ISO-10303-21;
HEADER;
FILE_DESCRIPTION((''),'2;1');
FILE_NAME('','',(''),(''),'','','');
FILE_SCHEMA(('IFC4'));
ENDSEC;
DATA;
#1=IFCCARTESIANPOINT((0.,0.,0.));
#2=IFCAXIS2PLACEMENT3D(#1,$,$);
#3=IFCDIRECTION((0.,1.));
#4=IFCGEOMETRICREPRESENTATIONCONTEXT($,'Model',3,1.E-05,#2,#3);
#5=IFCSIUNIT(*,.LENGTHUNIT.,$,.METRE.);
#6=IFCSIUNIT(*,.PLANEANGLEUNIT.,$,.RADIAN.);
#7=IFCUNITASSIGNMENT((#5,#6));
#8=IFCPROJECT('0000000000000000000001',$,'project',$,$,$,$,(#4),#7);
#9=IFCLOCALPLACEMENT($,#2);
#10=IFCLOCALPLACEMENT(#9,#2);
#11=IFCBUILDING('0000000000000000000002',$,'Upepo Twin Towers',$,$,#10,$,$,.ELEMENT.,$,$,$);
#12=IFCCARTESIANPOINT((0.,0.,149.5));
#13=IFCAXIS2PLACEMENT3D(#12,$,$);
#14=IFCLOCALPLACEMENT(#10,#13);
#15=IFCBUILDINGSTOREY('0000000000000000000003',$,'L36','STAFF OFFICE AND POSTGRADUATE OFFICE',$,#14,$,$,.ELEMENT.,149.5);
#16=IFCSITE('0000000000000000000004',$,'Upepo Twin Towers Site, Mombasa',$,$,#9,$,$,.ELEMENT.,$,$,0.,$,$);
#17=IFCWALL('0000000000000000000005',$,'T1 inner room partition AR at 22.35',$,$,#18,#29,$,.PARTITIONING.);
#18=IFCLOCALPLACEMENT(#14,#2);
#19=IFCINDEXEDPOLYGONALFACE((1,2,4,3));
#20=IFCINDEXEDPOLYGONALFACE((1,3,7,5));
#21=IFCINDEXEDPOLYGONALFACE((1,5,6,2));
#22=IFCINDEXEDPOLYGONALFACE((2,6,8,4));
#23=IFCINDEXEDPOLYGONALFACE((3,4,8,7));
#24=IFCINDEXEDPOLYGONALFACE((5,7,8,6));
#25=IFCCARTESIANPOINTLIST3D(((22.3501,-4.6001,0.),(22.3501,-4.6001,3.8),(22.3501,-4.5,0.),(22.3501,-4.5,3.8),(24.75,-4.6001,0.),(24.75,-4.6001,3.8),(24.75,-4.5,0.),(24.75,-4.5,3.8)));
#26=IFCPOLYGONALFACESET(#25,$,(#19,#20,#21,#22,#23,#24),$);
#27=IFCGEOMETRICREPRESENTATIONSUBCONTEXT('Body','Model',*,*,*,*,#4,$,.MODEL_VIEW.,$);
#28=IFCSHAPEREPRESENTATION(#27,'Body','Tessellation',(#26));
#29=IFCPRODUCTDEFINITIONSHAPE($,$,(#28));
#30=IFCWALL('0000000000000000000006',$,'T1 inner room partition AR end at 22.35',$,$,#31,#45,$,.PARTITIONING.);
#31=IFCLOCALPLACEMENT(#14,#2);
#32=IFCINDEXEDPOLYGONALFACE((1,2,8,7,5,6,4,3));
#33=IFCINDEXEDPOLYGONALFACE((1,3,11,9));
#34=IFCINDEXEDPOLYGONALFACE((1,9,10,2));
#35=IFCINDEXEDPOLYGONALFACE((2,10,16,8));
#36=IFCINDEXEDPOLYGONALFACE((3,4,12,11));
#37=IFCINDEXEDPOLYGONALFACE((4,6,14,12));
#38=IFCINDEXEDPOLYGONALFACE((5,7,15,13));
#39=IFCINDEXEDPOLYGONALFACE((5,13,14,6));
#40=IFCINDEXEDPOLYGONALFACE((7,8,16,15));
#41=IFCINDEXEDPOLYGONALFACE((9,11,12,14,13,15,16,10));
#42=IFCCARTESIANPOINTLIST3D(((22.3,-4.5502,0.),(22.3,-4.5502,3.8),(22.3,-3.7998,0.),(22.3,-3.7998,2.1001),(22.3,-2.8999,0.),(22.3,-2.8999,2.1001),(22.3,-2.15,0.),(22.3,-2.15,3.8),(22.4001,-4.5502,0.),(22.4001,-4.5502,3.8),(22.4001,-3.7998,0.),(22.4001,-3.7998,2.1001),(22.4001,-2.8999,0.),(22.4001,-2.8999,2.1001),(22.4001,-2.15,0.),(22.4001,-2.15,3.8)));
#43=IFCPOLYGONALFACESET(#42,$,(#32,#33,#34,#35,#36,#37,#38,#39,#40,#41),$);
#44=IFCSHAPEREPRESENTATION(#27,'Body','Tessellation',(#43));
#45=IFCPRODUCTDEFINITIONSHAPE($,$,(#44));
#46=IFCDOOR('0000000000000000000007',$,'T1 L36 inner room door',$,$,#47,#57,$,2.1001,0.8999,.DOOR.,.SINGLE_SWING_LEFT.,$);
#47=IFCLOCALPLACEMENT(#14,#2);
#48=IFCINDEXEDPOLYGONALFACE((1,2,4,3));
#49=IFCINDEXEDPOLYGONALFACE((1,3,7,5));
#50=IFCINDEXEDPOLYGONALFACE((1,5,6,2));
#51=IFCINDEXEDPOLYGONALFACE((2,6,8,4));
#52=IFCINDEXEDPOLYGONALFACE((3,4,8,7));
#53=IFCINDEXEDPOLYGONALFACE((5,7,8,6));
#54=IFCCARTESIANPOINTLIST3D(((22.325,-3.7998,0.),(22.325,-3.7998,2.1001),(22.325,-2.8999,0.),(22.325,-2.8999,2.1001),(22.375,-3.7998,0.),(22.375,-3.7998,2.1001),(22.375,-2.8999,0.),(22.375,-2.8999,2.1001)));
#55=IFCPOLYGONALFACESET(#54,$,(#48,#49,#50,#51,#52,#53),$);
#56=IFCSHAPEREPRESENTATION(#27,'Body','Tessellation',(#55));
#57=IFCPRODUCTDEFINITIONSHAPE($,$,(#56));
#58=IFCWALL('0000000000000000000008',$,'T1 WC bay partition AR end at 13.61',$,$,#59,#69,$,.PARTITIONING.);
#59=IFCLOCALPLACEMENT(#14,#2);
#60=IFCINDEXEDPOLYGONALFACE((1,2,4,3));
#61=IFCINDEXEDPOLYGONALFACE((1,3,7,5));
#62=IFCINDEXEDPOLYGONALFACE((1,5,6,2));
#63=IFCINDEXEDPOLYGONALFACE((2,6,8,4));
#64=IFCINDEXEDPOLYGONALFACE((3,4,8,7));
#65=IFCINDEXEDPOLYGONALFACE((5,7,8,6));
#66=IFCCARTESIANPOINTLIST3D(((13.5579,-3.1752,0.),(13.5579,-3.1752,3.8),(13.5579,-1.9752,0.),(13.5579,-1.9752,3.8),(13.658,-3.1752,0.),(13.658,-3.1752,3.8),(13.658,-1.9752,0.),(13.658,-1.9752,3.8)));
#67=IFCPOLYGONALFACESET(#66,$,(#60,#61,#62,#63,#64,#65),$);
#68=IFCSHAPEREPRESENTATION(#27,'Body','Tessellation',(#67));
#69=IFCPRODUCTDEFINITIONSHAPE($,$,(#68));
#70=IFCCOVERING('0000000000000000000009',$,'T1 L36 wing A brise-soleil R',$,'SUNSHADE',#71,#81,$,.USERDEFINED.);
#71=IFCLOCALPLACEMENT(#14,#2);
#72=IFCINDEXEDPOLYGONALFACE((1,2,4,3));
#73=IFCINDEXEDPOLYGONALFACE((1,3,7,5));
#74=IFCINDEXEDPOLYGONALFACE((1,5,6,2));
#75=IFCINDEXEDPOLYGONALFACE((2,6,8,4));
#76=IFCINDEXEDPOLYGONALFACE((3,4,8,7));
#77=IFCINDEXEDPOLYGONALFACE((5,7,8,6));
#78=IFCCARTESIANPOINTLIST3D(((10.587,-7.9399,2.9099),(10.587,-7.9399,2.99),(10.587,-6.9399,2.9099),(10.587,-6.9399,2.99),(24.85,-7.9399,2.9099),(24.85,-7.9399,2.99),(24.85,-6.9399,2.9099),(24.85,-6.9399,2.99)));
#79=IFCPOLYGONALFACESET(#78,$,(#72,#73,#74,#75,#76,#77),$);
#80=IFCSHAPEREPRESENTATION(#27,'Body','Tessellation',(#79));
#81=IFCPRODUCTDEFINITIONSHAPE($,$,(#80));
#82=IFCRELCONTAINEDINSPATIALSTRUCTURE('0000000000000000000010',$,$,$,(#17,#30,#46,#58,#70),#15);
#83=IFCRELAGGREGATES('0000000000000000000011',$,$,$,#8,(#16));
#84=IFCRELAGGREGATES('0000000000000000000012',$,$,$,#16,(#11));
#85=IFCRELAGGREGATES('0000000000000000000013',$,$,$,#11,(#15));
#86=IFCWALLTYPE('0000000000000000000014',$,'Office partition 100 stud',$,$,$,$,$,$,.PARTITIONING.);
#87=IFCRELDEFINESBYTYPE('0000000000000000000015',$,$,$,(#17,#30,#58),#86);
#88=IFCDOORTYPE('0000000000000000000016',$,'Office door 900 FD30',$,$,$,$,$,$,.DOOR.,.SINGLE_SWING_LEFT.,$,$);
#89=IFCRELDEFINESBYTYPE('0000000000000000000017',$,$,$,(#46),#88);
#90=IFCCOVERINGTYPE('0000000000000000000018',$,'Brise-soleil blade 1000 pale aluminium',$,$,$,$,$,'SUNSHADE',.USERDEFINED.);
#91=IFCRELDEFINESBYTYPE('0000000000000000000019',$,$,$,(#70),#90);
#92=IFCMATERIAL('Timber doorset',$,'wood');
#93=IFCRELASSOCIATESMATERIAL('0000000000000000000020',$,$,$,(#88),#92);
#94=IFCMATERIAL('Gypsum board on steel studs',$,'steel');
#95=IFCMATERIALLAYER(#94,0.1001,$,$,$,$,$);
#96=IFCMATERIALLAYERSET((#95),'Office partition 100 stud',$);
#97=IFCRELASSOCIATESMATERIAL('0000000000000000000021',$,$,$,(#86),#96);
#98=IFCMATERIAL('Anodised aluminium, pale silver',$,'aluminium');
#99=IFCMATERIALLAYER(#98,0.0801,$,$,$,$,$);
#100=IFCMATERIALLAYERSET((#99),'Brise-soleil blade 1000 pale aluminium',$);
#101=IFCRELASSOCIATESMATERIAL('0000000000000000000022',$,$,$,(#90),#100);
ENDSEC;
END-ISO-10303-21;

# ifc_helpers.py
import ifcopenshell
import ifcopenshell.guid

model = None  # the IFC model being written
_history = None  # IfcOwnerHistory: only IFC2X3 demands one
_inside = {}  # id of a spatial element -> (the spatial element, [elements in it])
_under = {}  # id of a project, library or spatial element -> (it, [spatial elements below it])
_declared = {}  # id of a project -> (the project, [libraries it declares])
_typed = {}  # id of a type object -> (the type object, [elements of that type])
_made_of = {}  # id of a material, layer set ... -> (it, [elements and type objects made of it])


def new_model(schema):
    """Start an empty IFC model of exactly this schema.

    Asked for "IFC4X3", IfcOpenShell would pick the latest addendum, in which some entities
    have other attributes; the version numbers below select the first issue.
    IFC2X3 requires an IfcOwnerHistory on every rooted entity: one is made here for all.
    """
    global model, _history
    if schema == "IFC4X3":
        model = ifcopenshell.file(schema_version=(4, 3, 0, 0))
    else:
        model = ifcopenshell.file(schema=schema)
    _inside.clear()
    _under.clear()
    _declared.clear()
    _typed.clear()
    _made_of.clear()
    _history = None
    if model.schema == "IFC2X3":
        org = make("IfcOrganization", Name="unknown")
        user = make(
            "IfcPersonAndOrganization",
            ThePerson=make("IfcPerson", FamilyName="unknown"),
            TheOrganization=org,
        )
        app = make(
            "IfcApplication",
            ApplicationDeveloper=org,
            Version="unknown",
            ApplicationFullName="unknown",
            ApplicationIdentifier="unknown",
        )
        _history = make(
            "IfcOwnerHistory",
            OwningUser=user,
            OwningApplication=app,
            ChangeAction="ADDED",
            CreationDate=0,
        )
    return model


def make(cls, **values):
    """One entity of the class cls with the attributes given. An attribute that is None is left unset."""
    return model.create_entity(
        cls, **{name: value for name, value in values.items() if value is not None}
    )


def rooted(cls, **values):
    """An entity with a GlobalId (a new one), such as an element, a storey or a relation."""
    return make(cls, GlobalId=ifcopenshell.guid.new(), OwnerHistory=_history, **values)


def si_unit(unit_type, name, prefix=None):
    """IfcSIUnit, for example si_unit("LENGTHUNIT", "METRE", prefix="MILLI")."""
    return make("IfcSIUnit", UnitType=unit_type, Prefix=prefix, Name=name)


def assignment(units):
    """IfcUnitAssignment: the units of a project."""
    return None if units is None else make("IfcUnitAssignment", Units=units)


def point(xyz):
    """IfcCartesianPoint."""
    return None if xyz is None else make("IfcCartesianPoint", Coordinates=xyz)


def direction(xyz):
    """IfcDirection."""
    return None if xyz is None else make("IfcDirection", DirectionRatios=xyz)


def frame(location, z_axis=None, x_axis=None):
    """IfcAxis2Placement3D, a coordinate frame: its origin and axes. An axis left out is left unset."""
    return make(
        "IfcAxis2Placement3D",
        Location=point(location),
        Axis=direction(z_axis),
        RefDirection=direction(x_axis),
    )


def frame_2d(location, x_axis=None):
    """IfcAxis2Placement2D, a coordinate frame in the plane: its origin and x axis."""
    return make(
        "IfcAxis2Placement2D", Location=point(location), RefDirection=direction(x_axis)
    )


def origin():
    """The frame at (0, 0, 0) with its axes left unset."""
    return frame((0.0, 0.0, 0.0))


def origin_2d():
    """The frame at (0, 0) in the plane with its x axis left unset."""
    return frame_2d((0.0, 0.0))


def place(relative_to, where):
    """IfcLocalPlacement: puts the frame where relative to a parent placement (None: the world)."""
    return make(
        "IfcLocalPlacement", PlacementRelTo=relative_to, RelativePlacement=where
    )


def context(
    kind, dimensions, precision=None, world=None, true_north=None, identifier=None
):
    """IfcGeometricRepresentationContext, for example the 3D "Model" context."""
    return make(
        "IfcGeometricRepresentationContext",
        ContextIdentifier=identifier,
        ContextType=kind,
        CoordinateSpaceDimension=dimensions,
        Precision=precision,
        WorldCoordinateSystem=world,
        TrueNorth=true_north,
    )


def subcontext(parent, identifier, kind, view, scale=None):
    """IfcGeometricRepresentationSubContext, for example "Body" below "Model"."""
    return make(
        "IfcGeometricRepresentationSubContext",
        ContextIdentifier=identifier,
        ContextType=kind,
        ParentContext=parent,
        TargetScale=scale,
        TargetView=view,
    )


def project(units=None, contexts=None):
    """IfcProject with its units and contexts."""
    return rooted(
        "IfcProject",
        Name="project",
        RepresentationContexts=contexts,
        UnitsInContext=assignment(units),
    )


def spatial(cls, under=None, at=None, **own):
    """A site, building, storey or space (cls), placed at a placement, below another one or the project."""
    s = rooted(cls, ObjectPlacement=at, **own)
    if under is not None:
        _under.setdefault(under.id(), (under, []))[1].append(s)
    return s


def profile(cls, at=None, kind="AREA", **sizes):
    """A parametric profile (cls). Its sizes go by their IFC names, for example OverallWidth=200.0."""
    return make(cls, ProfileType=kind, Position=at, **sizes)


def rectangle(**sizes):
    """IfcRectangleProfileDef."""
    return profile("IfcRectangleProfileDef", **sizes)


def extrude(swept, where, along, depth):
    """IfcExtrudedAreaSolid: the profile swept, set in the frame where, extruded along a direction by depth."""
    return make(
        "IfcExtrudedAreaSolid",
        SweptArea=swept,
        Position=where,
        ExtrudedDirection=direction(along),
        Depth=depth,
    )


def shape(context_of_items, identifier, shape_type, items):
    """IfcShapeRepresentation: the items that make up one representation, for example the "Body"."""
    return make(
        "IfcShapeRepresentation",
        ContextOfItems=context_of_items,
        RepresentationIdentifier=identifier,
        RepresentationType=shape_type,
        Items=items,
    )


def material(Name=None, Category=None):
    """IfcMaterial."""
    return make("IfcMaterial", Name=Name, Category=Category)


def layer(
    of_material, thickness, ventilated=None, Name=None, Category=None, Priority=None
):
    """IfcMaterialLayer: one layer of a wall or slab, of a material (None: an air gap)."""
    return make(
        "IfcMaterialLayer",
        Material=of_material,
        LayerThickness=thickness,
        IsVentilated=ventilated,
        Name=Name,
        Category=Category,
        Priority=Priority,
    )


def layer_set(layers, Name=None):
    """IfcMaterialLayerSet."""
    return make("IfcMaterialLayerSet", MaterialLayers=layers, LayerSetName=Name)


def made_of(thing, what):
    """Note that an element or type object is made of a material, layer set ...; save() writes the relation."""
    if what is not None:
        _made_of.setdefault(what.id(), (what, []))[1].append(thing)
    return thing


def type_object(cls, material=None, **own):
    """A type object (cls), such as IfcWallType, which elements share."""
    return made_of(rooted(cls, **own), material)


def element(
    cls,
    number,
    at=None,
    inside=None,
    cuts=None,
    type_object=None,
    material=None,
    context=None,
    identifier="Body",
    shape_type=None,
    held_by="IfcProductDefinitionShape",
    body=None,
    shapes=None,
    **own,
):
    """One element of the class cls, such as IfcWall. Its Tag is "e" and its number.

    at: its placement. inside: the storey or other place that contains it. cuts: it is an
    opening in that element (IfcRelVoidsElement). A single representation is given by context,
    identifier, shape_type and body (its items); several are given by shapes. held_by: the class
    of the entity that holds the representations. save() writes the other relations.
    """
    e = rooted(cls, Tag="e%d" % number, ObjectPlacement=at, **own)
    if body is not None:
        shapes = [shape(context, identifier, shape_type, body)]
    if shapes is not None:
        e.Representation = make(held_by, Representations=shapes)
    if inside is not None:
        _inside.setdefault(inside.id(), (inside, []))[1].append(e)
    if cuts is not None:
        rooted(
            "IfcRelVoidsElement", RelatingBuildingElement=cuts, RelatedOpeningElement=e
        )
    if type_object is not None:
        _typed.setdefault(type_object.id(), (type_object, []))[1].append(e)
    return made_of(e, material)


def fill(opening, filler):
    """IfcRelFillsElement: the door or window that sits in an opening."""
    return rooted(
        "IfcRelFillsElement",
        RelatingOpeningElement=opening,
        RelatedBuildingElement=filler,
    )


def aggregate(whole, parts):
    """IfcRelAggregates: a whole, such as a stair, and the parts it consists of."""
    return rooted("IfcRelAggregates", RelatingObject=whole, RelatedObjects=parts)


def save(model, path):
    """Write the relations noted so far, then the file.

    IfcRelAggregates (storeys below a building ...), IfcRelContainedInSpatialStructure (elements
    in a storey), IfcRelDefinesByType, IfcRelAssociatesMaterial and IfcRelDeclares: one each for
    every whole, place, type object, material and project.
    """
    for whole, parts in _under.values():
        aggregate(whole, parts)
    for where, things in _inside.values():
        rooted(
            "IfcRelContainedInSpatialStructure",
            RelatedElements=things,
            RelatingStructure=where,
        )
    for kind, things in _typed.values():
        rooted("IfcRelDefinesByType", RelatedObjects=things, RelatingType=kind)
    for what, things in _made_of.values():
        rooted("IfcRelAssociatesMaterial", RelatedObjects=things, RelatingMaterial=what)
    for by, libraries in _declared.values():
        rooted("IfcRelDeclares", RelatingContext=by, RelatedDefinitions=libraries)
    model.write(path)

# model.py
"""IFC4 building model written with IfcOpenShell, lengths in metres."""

from ifc_helpers import new_model, si_unit, direction, frame, frame_2d, origin, origin_2d, place, context, subcontext, project, spatial, rectangle, extrude, material, layer, layer_set, type_object, element, fill, save


model = new_model("IFC4")

# Units and contexts
model_context = context("Model", 3, precision=1e-05, world=origin(), true_north=direction((0.0, 1.0)))
body_context = subcontext(model_context, "Body", "Model", "MODEL_VIEW")
ifc_project = project(units=[si_unit("LENGTHUNIT", "METRE"), si_unit("PLANEANGLEUNIT", "RADIAN")], contexts=[model_context])

# Site, building, storey
site_placement = place(None, origin())
site = spatial("IfcSite", under=ifc_project, at=site_placement, Name="Upepo Twin Towers Site, Mombasa", CompositionType="ELEMENT", RefElevation=0.0)
building_placement = place(site_placement, origin())
building = spatial("IfcBuilding", under=site, at=building_placement, Name="Upepo Twin Towers", CompositionType="ELEMENT")
storey_placement = place(building_placement, frame((0.0, 0.0, 149.5)))
storey = spatial("IfcBuildingStorey", under=building, at=storey_placement, Name="L36", Description="STAFF OFFICE AND POSTGRADUATE OFFICE", CompositionType="ELEMENT", Elevation=149.5)

# Shared definitions
ifc_material_1 = material(Name="Timber doorset", Category="wood")
door_type_1 = type_object("IfcDoorType", Name="Office door 900 FD30", OperationType="SINGLE_SWING_LEFT", PredefinedType="DOOR", material=ifc_material_1)

# Wall
ifc_material_2 = material(Name="Gypsum board on steel studs", Category="steel")
ifc_layer_1 = layer(ifc_material_2, 0.1001)
ifc_layer_set_1 = layer_set([ifc_layer_1], Name="Office partition 100 stud")
wall_type_1 = type_object("IfcWallType", Name="Office partition 100 stud", PredefinedType="PARTITIONING", material=ifc_layer_set_1)
wall_1_placement = place(storey_placement, frame((22.3501, -4.55, 0.0), z_axis=(0.0, 0.0, 1.0), x_axis=(1.0, 0.0, 0.0)))
element("IfcWall", 1, at=wall_1_placement, inside=storey, type_object=wall_type_1, Name="T1 inner room partition AR at 22.35", PredefinedType="PARTITIONING", context=body_context, shape_type="SweptSolid", body=[
    extrude(rectangle(XDim=2.3999, YDim=0.1001, at=frame_2d((1.2, 0.0))), origin(), (0.0, 0.0, 1.0), 3.8),
])

# Wall, opening, door
wall_2_placement = place(storey_placement, frame((22.3501, -2.1499, 0.0), z_axis=(0.0, 0.0, 1.0), x_axis=(0.0, -1.0, 0.0)))
wall_2 = element("IfcWall", 2, at=wall_2_placement, inside=storey, type_object=wall_type_1, Name="T1 inner room partition AR end at 22.35", PredefinedType="PARTITIONING", context=body_context, shape_type="SweptSolid", body=[
    extrude(rectangle(XDim=2.4001, YDim=0.1001, at=frame_2d((1.2002, 0.0))), origin(), (0.0, 0.0, 1.0), 3.8),
])
opening_1_placement = place(wall_2_placement, frame((0.75, 0.0, 0.0)))
opening_1 = element("IfcOpeningElement", 3, at=opening_1_placement, cuts=wall_2, PredefinedType="OPENING", context=body_context, shape_type="SweptSolid", body=[
    extrude(rectangle(XDim=0.8999, YDim=2.1001, at=frame_2d((0.45, 1.05))), frame((0.0, 0.0601, 0.0), z_axis=(0.0, -1.0, 0.0), x_axis=(1.0, 0.0, 0.0)), (0.0, 0.0, 1.0), 0.1201),
])
door_1_placement = place(opening_1_placement, origin())
door_1 = element("IfcDoor", 4, at=door_1_placement, inside=storey, type_object=door_type_1, Name="T1 L36 inner room door", OperationType="SINGLE_SWING_LEFT", OverallHeight=2.1001, OverallWidth=0.8999, PredefinedType="DOOR", context=body_context, shape_type="SweptSolid", body=[
    extrude(rectangle(XDim=0.8999, YDim=2.1001, at=frame_2d((0.45, 1.05))), frame((0.0, 0.0249, 0.0), z_axis=(0.0, -1.0, 0.0), x_axis=(1.0, 0.0, 0.0)), (0.0, 0.0, 1.0), 0.05),
])
fill(opening_1, door_1)

# Wall
wall_3_placement = place(storey_placement, frame((13.6079, -1.9751, 0.0), z_axis=(0.0, 0.0, 1.0), x_axis=(0.0, -1.0, 0.0)))
element("IfcWall", 5, at=wall_3_placement, inside=storey, type_object=wall_type_1, Name="T1 WC bay partition AR end at 13.61", PredefinedType="PARTITIONING", context=body_context, shape_type="SweptSolid", body=[
    extrude(rectangle(XDim=1.2, YDim=0.1001, at=frame_2d((0.6001, 0.0))), origin(), (0.0, 0.0, 1.0), 3.8),
])

# Covering
ifc_material_3 = material(Name="Anodised aluminium, pale silver", Category="aluminium")
ifc_layer_2 = layer(ifc_material_3, 0.0801)
ifc_layer_set_2 = layer_set([ifc_layer_2], Name="Brise-soleil blade 1000 pale aluminium")
covering_type = type_object("IfcCoveringType", Name="Brise-soleil blade 1000 pale aluminium", ElementType="SUNSHADE", PredefinedType="USERDEFINED", material=ifc_layer_set_2)
covering_placement = place(storey_placement, frame((17.7185, -7.4399, 2.9099), z_axis=(0.0, 0.0, 1.0), x_axis=(1.0, 0.0, 0.0)))
element("IfcCovering", 6, at=covering_placement, inside=storey, type_object=covering_type, Name="T1 L36 wing A brise-soleil R", ObjectType="SUNSHADE", PredefinedType="USERDEFINED", context=body_context, shape_type="SweptSolid", body=[
    extrude(rectangle(XDim=14.2629, YDim=1.0, at=origin_2d()), origin(), (0.0, 0.0, 1.0), 0.0801),
])

save(model, "model.ifc")
